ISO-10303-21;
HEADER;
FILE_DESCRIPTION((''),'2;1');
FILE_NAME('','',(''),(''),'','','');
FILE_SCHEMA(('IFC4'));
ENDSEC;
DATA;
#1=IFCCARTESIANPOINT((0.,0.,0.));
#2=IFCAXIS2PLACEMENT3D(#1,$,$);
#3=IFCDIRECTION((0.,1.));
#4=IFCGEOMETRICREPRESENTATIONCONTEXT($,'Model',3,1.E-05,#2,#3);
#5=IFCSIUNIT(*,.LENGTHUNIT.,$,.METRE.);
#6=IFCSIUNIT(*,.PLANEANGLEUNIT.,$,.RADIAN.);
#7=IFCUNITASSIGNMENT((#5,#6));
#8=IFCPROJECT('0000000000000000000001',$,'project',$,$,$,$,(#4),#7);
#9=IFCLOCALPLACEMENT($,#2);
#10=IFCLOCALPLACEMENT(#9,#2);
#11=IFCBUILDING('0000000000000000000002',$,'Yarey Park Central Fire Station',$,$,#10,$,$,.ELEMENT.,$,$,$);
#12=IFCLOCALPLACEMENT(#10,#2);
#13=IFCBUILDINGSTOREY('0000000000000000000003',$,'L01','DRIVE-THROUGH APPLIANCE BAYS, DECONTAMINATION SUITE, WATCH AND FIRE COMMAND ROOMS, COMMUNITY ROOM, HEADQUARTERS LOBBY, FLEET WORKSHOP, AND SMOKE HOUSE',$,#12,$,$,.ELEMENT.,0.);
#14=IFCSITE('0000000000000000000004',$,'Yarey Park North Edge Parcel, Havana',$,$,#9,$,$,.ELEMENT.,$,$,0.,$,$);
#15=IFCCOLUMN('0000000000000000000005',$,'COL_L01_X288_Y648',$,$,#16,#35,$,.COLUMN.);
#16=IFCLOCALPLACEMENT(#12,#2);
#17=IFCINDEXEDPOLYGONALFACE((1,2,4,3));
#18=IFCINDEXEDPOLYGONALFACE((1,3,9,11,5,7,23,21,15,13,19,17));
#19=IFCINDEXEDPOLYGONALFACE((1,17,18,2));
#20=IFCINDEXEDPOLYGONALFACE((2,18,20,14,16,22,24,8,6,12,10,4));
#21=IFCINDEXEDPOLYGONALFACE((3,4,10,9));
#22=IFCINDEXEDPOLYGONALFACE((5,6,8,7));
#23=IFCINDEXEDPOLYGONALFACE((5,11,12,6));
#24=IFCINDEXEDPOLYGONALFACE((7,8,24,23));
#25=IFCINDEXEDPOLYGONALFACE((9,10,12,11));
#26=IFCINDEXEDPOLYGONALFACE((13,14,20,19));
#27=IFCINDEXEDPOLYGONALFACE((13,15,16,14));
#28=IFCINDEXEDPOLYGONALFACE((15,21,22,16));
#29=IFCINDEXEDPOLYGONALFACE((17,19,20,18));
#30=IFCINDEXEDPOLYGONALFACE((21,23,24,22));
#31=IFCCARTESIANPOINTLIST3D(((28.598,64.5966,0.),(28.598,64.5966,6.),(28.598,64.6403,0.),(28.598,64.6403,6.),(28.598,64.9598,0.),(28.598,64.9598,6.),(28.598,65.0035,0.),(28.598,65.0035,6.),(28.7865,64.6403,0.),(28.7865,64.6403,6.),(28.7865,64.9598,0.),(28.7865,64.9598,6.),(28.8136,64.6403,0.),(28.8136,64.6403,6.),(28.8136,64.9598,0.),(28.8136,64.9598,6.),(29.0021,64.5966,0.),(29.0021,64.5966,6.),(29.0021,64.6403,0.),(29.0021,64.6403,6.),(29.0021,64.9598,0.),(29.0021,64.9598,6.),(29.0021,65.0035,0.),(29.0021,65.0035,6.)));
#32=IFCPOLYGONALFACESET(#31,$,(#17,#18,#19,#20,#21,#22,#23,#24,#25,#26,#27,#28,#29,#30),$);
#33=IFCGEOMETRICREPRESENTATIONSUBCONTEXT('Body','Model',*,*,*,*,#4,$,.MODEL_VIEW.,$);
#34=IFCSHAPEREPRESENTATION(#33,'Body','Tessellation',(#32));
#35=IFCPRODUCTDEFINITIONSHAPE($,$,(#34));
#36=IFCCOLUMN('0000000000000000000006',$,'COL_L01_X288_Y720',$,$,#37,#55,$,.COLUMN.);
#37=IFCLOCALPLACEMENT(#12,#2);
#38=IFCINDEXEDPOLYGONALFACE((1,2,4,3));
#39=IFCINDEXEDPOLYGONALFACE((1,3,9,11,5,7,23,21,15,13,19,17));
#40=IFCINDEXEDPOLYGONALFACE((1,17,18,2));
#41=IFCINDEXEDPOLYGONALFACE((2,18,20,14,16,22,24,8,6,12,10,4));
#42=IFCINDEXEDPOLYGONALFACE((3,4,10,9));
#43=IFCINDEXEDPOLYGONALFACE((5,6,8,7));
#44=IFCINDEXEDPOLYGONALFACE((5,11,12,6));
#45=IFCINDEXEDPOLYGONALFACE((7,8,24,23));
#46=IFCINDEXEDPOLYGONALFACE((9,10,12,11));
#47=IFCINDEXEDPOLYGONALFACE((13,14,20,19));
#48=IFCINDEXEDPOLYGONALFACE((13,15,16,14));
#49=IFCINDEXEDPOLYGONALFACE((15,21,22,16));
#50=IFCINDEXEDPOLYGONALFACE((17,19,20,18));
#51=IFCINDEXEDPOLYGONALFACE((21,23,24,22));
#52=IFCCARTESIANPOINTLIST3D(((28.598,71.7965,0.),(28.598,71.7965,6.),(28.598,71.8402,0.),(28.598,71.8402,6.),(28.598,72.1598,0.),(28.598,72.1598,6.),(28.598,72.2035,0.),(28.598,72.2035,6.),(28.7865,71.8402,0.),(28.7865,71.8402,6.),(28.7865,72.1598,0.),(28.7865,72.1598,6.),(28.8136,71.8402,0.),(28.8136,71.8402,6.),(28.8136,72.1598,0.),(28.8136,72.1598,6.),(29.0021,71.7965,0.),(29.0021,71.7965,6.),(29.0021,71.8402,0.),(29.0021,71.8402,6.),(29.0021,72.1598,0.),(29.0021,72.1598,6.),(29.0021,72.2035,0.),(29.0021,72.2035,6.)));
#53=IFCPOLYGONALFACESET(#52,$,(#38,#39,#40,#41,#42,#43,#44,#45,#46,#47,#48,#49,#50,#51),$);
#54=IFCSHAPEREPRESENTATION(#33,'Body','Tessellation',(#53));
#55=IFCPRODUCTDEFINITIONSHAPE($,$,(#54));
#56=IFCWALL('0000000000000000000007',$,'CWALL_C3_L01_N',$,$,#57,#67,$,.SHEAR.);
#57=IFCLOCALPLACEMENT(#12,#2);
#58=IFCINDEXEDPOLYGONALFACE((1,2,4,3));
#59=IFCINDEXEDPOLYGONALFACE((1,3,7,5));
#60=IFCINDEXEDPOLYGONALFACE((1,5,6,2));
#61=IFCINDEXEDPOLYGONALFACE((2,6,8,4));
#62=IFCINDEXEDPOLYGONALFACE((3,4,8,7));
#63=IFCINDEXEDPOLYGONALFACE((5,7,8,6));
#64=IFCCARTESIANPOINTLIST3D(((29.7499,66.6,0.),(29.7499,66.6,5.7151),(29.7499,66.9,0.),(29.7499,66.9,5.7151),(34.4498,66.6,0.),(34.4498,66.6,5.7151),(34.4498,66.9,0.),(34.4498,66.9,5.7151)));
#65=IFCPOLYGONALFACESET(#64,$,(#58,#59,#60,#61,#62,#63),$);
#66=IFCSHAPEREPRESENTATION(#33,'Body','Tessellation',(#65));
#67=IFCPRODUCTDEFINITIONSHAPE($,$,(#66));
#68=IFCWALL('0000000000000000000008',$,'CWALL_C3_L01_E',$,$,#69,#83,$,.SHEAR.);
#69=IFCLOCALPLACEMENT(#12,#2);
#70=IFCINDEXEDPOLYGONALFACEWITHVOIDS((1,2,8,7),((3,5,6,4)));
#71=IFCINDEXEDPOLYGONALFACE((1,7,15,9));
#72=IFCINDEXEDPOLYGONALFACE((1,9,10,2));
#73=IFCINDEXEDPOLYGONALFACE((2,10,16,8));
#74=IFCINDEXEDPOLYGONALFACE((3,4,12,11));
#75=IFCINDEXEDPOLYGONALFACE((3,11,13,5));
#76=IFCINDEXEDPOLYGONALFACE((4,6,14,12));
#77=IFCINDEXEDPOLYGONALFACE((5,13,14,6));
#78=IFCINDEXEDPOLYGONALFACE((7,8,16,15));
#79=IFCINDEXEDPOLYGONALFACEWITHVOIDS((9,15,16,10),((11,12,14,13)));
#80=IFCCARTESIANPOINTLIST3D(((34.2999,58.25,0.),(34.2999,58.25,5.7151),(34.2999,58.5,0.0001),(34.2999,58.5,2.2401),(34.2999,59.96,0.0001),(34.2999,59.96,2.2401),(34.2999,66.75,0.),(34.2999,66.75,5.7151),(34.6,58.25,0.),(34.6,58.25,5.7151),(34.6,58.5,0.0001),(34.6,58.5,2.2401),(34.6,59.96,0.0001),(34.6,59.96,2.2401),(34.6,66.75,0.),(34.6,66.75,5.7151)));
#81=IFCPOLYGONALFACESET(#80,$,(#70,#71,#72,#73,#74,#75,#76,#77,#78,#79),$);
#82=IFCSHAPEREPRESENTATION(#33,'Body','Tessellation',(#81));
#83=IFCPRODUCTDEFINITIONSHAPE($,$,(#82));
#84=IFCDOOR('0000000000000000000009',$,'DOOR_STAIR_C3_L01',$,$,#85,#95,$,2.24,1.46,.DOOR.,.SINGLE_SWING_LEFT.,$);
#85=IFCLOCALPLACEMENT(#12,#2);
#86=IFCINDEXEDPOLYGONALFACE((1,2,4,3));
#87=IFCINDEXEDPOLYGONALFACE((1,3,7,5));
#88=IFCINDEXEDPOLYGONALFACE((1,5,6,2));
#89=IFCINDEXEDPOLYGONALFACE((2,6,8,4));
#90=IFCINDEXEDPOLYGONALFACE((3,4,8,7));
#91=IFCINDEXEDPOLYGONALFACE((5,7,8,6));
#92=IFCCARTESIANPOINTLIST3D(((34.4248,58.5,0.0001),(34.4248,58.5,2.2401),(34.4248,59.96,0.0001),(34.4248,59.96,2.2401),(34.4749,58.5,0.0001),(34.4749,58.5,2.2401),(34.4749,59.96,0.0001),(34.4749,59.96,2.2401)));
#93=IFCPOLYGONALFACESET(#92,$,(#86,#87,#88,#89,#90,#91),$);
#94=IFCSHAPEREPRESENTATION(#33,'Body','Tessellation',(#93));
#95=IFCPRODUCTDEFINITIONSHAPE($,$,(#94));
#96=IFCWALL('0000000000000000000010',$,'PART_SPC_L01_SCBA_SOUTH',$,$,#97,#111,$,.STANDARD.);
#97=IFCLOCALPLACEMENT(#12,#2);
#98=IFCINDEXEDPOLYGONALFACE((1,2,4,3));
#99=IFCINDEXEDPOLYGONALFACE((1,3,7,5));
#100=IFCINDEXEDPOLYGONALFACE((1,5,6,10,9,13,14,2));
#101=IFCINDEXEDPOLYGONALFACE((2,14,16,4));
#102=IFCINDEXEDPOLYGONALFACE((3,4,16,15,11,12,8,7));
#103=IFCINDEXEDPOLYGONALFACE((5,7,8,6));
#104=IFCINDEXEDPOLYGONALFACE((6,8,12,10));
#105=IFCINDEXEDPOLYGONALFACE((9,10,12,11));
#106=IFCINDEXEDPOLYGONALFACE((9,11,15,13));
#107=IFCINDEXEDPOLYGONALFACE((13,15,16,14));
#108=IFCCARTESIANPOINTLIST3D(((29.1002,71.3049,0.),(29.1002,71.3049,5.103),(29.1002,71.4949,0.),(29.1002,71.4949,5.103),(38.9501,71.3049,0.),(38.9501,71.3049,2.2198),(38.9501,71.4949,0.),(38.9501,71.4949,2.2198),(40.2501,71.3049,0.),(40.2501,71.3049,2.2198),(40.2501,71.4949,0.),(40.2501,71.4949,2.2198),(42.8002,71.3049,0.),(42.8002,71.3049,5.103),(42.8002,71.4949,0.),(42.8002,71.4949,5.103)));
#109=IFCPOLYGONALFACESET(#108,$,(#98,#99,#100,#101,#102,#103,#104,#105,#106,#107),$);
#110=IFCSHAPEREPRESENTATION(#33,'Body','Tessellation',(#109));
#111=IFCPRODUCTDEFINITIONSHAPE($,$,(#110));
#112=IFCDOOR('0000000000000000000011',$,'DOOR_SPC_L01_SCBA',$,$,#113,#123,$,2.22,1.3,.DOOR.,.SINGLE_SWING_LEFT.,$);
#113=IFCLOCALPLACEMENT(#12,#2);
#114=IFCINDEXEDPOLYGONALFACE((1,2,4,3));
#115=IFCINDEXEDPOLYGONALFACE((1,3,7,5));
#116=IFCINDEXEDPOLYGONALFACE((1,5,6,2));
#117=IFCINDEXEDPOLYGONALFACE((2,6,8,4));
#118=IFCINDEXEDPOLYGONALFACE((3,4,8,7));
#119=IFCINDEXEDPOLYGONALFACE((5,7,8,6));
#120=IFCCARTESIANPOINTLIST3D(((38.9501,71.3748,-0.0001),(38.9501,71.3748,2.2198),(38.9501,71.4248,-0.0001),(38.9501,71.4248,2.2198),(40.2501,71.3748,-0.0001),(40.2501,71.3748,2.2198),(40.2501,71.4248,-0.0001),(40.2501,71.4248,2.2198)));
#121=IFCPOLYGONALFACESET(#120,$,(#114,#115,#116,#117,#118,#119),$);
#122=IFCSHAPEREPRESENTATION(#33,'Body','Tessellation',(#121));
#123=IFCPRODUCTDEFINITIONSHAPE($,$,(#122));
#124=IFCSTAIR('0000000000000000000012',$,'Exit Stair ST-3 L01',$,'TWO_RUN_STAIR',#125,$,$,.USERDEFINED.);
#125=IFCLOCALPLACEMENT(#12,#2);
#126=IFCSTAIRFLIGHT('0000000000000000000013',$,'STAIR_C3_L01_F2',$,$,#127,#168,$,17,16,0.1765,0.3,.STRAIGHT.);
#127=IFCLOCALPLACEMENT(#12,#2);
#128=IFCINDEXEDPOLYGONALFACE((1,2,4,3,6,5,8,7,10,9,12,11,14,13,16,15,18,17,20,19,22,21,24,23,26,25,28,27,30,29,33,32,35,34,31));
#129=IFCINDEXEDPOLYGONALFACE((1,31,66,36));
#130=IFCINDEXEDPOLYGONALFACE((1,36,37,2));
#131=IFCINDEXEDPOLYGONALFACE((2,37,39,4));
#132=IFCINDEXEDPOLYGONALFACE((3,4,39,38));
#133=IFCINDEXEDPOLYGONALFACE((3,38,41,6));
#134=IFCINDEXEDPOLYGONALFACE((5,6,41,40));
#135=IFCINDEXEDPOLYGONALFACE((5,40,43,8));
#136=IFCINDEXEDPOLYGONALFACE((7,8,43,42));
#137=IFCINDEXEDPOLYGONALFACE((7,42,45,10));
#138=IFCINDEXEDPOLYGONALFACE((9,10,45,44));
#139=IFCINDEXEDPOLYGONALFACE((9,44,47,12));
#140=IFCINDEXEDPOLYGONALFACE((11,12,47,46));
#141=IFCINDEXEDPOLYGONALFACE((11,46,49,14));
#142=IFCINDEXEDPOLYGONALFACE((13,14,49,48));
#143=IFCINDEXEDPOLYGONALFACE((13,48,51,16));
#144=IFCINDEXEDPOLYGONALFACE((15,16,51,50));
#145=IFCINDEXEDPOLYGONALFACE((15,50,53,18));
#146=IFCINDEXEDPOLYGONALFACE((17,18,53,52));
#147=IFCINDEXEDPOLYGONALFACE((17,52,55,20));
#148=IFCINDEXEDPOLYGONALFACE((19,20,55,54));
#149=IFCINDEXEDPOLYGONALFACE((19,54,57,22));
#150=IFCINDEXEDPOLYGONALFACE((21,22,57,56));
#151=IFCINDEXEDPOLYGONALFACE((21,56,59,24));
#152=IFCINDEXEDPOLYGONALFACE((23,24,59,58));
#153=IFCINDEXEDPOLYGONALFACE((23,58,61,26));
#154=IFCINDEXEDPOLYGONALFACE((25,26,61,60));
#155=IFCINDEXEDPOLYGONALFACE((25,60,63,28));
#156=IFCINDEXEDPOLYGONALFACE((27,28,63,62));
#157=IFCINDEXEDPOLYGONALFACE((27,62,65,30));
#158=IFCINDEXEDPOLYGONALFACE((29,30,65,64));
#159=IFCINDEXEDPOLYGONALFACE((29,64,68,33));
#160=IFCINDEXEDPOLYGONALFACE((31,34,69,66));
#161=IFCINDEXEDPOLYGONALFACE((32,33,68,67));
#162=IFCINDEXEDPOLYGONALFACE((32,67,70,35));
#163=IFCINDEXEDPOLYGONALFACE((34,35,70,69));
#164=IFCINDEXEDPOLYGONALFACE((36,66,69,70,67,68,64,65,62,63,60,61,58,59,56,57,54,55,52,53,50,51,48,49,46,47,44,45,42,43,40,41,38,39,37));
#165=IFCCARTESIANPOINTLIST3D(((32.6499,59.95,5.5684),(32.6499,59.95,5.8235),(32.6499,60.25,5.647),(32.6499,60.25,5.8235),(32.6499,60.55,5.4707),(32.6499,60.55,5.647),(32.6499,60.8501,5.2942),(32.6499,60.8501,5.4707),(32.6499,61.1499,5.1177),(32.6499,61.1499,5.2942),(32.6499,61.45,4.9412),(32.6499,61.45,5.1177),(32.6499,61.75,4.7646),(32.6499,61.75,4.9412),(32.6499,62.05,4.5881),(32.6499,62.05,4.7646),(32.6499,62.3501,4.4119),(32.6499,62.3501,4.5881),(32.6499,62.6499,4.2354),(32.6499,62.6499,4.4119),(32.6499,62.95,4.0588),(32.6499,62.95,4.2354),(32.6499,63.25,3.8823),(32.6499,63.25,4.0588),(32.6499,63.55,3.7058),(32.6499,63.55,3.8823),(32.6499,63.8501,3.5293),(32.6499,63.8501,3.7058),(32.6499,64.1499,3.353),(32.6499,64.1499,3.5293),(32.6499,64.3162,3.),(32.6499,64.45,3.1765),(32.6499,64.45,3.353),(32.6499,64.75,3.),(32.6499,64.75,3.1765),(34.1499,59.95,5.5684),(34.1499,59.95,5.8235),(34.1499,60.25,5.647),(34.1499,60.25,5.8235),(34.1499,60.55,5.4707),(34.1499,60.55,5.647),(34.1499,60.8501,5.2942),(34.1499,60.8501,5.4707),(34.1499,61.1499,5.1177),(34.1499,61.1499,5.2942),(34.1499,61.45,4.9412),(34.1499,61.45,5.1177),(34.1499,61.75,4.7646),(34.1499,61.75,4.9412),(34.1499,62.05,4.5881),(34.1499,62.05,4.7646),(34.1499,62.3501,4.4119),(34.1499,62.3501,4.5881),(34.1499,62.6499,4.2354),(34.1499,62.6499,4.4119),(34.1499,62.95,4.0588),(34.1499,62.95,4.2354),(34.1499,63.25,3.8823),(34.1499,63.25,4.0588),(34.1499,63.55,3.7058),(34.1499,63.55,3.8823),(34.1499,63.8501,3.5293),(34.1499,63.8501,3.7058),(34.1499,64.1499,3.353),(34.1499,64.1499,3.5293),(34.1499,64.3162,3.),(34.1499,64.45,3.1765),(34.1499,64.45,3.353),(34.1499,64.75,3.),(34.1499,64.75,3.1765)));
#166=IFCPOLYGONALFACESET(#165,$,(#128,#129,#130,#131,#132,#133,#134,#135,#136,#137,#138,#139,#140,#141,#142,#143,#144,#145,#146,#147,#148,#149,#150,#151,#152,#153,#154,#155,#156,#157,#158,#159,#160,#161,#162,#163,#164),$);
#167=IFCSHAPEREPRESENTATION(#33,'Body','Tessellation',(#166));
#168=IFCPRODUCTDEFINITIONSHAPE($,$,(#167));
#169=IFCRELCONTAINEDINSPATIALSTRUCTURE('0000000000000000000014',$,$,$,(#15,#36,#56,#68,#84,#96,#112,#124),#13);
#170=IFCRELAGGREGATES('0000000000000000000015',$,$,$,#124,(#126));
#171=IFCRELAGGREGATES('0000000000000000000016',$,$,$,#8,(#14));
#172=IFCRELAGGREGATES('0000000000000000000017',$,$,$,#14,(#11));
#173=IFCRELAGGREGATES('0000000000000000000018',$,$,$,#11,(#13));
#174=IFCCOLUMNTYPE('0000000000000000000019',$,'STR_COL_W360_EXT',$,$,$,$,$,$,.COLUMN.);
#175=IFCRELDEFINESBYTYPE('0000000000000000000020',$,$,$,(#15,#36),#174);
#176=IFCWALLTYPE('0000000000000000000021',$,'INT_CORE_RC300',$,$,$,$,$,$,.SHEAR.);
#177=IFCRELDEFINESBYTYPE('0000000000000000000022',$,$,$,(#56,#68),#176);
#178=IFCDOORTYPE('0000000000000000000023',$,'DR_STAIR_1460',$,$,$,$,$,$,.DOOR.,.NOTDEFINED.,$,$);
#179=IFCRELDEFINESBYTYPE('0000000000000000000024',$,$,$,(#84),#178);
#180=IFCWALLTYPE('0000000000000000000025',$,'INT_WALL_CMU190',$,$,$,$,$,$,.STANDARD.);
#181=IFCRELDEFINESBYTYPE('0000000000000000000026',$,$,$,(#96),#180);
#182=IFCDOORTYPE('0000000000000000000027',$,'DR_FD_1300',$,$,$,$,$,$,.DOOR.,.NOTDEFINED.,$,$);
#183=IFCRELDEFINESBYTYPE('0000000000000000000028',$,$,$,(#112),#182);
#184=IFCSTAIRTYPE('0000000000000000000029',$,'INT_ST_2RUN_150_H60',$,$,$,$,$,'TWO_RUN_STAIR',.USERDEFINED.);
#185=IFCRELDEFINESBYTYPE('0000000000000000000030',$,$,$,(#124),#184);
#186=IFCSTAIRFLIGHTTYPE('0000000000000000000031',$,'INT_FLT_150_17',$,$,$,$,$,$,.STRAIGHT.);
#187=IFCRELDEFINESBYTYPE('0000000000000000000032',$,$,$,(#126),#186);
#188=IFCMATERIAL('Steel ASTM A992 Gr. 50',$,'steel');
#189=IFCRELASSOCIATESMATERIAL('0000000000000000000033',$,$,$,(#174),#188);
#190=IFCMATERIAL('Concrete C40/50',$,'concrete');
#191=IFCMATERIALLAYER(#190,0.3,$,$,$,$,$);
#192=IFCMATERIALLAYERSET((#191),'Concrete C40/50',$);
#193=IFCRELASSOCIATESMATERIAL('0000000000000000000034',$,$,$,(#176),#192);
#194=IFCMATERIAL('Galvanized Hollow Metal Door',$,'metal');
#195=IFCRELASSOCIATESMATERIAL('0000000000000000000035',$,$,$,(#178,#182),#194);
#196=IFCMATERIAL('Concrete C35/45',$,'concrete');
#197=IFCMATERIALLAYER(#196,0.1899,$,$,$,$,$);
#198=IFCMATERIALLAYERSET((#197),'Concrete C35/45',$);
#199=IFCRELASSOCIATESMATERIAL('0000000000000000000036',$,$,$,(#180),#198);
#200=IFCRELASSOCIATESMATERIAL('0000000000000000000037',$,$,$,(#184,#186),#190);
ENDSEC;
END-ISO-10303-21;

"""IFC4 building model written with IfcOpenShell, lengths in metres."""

from ifc_helpers import new_model, si_unit, direction, frame, frame_2d, origin, origin_2d, place, context, subcontext, project, spatial, polyline, rectangle, i_section, outline, extrude, material, layer, layer_set, material_profile, profile_set, type_object, element, fill, aggregate, save


model = new_model("IFC4")

# Units and contexts
model_context = context("Model", 3, precision=1e-05, world=origin(), true_north=direction((0.0, 1.0)))
body_context = subcontext(model_context, "Body", "Model", "MODEL_VIEW")
ifc_project = project(units=[si_unit("LENGTHUNIT", "METRE"), si_unit("PLANEANGLEUNIT", "RADIAN")], contexts=[model_context])

# Site, building, storey
site_placement = place(None, origin())
site = spatial("IfcSite", under=ifc_project, at=site_placement, Name="Yarey Park North Edge Parcel, Havana", CompositionType="ELEMENT", RefElevation=0.0)
building_placement = place(site_placement, origin())
building = spatial("IfcBuilding", under=site, at=building_placement, Name="Yarey Park Central Fire Station", CompositionType="ELEMENT")
storey_placement = place(building_placement, origin())
storey = spatial("IfcBuildingStorey", under=building, at=storey_placement, Name="L01", Description="DRIVE-THROUGH APPLIANCE BAYS, DECONTAMINATION SUITE, WATCH AND FIRE COMMAND ROOMS, COMMUNITY ROOM, HEADQUARTERS LOBBY, FLEET WORKSHOP, AND SMOKE HOUSE", CompositionType="ELEMENT", Elevation=0.0)

# Shared definitions
ifc_material_1 = material(Name="Concrete C35/45", Category="concrete")

# Columns
ifc_material_2 = material(Name="Steel ASTM A992 Gr. 50", Category="steel")
ifc_material_profile_1 = material_profile(ifc_material_2, i_section(OverallWidth=0.4041, OverallDepth=0.407, WebThickness=0.0271, FlangeThickness=0.0437, at=origin_2d()), Name="W360x347")
ifc_profile_set_1 = profile_set([ifc_material_profile_1], Name="Steel ASTM A992 Gr. 50")
column_type = type_object("IfcColumnType", Name="STR_COL_W360_EXT", PredefinedType="COLUMN", material=ifc_profile_set_1)
for number, where, z_axis, x_axis, name in (
    (1, (28.8, 64.8, 0.0), (0.0, 0.0, 1.0), (1.0, 0.0, 0.0), "COL_L01_X288_Y648"),
    (2, (28.8, 72.0, 0.0), (0.0, 0.0, 1.0), (1.0, 0.0, 0.0), "COL_L01_X288_Y720"),
):
    element("IfcColumn", number, at=place(storey_placement, frame(where, z_axis=z_axis, x_axis=x_axis)), inside=storey, type_object=column_type, Name=name, PredefinedType="COLUMN", context=body_context, shape_type="SweptSolid", body=[
        extrude(i_section(OverallWidth=0.4041, OverallDepth=0.407, WebThickness=0.0271, FlangeThickness=0.0437, at=origin_2d()), origin(), (0.0, 0.0, 1.0), 6.0),
    ])

# Wall
ifc_material_3 = material(Name="Concrete C40/50", Category="concrete")
ifc_layer_1 = layer(ifc_material_3, 0.3)
ifc_layer_set_1 = layer_set([ifc_layer_1], Name="Concrete C40/50")
wall_type_1 = type_object("IfcWallType", Name="INT_CORE_RC300", PredefinedType="SHEAR", material=ifc_layer_set_1)
wall_1_placement = place(storey_placement, frame((34.45, 66.75, 0.0), z_axis=(0.0, 0.0, 1.0), x_axis=(-1.0, 0.0, 0.0)))
element("IfcWall", 3, at=wall_1_placement, inside=storey, type_object=wall_type_1, Name="CWALL_C3_L01_N", PredefinedType="SHEAR", context=body_context, shape_type="SweptSolid", body=[
    extrude(rectangle(XDim=4.7, YDim=0.3, at=frame_2d((2.3501, 0.0))), origin(), (0.0, 0.0, 1.0), 5.7151),
])

# Walls, openings, doors
wall_2_placement = place(storey_placement, frame((34.45, 66.75, 0.0), z_axis=(0.0, 0.0, 1.0), x_axis=(0.0, -1.0, 0.0)))
wall_2 = element("IfcWall", 4, at=wall_2_placement, inside=storey, type_object=wall_type_1, Name="CWALL_C3_L01_E", PredefinedType="SHEAR", context=body_context, shape_type="SweptSolid", body=[
    extrude(rectangle(XDim=8.5, YDim=0.3, at=frame_2d((4.25, 0.0))), origin(), (0.0, 0.0, 1.0), 5.7151),
])
opening_1_placement = place(wall_2_placement, frame((6.79, 0.0, 0.0)))
opening_1 = element("IfcOpeningElement", 5, at=opening_1_placement, cuts=wall_2, PredefinedType="OPENING", context=body_context, shape_type="SweptSolid", body=[
    extrude(rectangle(XDim=1.46, YDim=2.24, at=frame_2d((0.73, 1.1201))), frame((0.0, 0.1599, 0.0), z_axis=(0.0, -1.0, 0.0), x_axis=(1.0, 0.0, 0.0)), (0.0, 0.0, 1.0), 0.3201),
])
ifc_material_4 = material(Name="Galvanized Hollow Metal Door", Category="metal")
door_type_1 = type_object("IfcDoorType", Name="DR_STAIR_1460", OperationType="NOTDEFINED", PredefinedType="DOOR", material=ifc_material_4)
door_1_placement = place(opening_1_placement, origin())
door_1 = element("IfcDoor", 6, at=door_1_placement, inside=storey, type_object=door_type_1, Name="DOOR_STAIR_C3_L01", OperationType="SINGLE_SWING_LEFT", OverallHeight=2.24, OverallWidth=1.46, PredefinedType="DOOR", context=body_context, shape_type="SweptSolid", body=[
    extrude(rectangle(XDim=1.46, YDim=2.24, at=frame_2d((0.73, 1.1201))), frame((0.0, 0.0249, 0.0), z_axis=(0.0, -1.0, 0.0), x_axis=(1.0, 0.0, 0.0)), (0.0, 0.0, 1.0), 0.05),
])
fill(opening_1, door_1)
ifc_layer_2 = layer(ifc_material_1, 0.1899)
ifc_layer_set_2 = layer_set([ifc_layer_2], Name="Concrete C35/45")
wall_type_2 = type_object("IfcWallType", Name="INT_WALL_CMU190", PredefinedType="STANDARD", material=ifc_layer_set_2)
wall_3_placement = place(storey_placement, frame((29.1001, 71.3999, 0.0), z_axis=(0.0, 0.0, 1.0), x_axis=(1.0, 0.0, 0.0)))
wall_3 = element("IfcWall", 7, at=wall_3_placement, inside=storey, type_object=wall_type_2, Name="PART_SPC_L01_SCBA_SOUTH", PredefinedType="STANDARD", context=body_context, shape_type="SweptSolid", body=[
    extrude(rectangle(XDim=13.7, YDim=0.1899, at=frame_2d((6.8501, 0.0))), origin(), (0.0, 0.0, 1.0), 5.103),
])
opening_2_placement = place(wall_3_placement, frame((9.8501, 0.0, 0.0)))
opening_2 = element("IfcOpeningElement", 8, at=opening_2_placement, cuts=wall_3, PredefinedType="OPENING", context=body_context, shape_type="SweptSolid", body=[
    extrude(rectangle(XDim=1.3, YDim=2.22, at=frame_2d((0.6499, 1.1099))), frame((0.0, 0.105, 0.0), z_axis=(0.0, -1.0, 0.0), x_axis=(1.0, 0.0, 0.0)), (0.0, 0.0, 1.0), 0.21),
])
door_type_2 = type_object("IfcDoorType", Name="DR_FD_1300", OperationType="NOTDEFINED", PredefinedType="DOOR", material=ifc_material_4)
door_2_placement = place(opening_2_placement, origin())
door_2 = element("IfcDoor", 9, at=door_2_placement, inside=storey, type_object=door_type_2, Name="DOOR_SPC_L01_SCBA", OperationType="SINGLE_SWING_LEFT", OverallHeight=2.22, OverallWidth=1.3, PredefinedType="DOOR", context=body_context, shape_type="SweptSolid", body=[
    extrude(rectangle(XDim=1.3, YDim=2.22, at=frame_2d((0.6499, 1.1099))), frame((0.0, 0.0249, 0.0), z_axis=(0.0, -1.0, 0.0), x_axis=(1.0, 0.0, 0.0)), (0.0, 0.0, 1.0), 0.05),
])
fill(opening_2, door_2)

# Stair, stair flight
stair_type = type_object("IfcStairType", Name="INT_ST_2RUN_150_H60", ElementType="TWO_RUN_STAIR", PredefinedType="USERDEFINED", material=ifc_material_3)
stair_placement = place(storey_placement, origin())
stair = element("IfcStair", 10, at=stair_placement, inside=storey, type_object=stair_type, Name="Exit Stair ST-3 L01", ObjectType="TWO_RUN_STAIR", PredefinedType="USERDEFINED")
stair_flight_type = type_object("IfcStairFlightType", Name="INT_FLT_150_17", PredefinedType="STRAIGHT", material=ifc_material_3)
stair_flight_placement = place(storey_placement, frame((33.3999, 64.75, 3.0), z_axis=(0.0, 0.0, 1.0), x_axis=(0.0, -1.0, 0.0)))
stair_flight = element("IfcStairFlight", 11, at=stair_flight_placement, type_object=stair_flight_type, Name="STAIR_C3_L01_F2", NumberOfRisers=17, NumberOfTreads=16, PredefinedType="STRAIGHT", RiserHeight=0.1765, TreadLength=0.3, context=body_context, shape_type="SweptSolid", body=[
    extrude(outline(polyline([(0.0, 0.0), (0.0, 0.1765), (0.3, 0.1765), (0.3, 0.353), (0.6001, 0.353), (0.6001, 0.5293), (0.8999, 0.5293), (0.8999, 0.7058), (1.2, 0.7058), (1.2, 0.8823), (1.5, 0.8823), (1.5, 1.0588), (1.8, 1.0588), (1.8, 1.2354), (2.1001, 1.2354), (2.1001, 1.4119), (2.3999, 1.4119), (2.3999, 1.5881), (2.7, 1.5881), (2.7, 1.7646), (3.0, 1.7646), (3.0, 1.9412), (3.3, 1.9412), (3.3, 2.1177), (3.6001, 2.1177), (3.6001, 2.2942), (3.8999, 2.2942), (3.8999, 2.4707), (4.2, 2.4707), (4.2, 2.647), (4.5, 2.647), (4.5, 2.8235), (4.8, 2.8235), (4.8, 3.0), (4.8, 2.5684), (0.4338, 0.0), (0.0, 0.0)])), frame((0.0, 0.75, 0.0), z_axis=(0.0, -1.0, 0.0), x_axis=(1.0, 0.0, 0.0)), (0.0, 0.0, 1.0), 1.5),
])
aggregate(stair, [stair_flight])

save(model, "model.ifc")
